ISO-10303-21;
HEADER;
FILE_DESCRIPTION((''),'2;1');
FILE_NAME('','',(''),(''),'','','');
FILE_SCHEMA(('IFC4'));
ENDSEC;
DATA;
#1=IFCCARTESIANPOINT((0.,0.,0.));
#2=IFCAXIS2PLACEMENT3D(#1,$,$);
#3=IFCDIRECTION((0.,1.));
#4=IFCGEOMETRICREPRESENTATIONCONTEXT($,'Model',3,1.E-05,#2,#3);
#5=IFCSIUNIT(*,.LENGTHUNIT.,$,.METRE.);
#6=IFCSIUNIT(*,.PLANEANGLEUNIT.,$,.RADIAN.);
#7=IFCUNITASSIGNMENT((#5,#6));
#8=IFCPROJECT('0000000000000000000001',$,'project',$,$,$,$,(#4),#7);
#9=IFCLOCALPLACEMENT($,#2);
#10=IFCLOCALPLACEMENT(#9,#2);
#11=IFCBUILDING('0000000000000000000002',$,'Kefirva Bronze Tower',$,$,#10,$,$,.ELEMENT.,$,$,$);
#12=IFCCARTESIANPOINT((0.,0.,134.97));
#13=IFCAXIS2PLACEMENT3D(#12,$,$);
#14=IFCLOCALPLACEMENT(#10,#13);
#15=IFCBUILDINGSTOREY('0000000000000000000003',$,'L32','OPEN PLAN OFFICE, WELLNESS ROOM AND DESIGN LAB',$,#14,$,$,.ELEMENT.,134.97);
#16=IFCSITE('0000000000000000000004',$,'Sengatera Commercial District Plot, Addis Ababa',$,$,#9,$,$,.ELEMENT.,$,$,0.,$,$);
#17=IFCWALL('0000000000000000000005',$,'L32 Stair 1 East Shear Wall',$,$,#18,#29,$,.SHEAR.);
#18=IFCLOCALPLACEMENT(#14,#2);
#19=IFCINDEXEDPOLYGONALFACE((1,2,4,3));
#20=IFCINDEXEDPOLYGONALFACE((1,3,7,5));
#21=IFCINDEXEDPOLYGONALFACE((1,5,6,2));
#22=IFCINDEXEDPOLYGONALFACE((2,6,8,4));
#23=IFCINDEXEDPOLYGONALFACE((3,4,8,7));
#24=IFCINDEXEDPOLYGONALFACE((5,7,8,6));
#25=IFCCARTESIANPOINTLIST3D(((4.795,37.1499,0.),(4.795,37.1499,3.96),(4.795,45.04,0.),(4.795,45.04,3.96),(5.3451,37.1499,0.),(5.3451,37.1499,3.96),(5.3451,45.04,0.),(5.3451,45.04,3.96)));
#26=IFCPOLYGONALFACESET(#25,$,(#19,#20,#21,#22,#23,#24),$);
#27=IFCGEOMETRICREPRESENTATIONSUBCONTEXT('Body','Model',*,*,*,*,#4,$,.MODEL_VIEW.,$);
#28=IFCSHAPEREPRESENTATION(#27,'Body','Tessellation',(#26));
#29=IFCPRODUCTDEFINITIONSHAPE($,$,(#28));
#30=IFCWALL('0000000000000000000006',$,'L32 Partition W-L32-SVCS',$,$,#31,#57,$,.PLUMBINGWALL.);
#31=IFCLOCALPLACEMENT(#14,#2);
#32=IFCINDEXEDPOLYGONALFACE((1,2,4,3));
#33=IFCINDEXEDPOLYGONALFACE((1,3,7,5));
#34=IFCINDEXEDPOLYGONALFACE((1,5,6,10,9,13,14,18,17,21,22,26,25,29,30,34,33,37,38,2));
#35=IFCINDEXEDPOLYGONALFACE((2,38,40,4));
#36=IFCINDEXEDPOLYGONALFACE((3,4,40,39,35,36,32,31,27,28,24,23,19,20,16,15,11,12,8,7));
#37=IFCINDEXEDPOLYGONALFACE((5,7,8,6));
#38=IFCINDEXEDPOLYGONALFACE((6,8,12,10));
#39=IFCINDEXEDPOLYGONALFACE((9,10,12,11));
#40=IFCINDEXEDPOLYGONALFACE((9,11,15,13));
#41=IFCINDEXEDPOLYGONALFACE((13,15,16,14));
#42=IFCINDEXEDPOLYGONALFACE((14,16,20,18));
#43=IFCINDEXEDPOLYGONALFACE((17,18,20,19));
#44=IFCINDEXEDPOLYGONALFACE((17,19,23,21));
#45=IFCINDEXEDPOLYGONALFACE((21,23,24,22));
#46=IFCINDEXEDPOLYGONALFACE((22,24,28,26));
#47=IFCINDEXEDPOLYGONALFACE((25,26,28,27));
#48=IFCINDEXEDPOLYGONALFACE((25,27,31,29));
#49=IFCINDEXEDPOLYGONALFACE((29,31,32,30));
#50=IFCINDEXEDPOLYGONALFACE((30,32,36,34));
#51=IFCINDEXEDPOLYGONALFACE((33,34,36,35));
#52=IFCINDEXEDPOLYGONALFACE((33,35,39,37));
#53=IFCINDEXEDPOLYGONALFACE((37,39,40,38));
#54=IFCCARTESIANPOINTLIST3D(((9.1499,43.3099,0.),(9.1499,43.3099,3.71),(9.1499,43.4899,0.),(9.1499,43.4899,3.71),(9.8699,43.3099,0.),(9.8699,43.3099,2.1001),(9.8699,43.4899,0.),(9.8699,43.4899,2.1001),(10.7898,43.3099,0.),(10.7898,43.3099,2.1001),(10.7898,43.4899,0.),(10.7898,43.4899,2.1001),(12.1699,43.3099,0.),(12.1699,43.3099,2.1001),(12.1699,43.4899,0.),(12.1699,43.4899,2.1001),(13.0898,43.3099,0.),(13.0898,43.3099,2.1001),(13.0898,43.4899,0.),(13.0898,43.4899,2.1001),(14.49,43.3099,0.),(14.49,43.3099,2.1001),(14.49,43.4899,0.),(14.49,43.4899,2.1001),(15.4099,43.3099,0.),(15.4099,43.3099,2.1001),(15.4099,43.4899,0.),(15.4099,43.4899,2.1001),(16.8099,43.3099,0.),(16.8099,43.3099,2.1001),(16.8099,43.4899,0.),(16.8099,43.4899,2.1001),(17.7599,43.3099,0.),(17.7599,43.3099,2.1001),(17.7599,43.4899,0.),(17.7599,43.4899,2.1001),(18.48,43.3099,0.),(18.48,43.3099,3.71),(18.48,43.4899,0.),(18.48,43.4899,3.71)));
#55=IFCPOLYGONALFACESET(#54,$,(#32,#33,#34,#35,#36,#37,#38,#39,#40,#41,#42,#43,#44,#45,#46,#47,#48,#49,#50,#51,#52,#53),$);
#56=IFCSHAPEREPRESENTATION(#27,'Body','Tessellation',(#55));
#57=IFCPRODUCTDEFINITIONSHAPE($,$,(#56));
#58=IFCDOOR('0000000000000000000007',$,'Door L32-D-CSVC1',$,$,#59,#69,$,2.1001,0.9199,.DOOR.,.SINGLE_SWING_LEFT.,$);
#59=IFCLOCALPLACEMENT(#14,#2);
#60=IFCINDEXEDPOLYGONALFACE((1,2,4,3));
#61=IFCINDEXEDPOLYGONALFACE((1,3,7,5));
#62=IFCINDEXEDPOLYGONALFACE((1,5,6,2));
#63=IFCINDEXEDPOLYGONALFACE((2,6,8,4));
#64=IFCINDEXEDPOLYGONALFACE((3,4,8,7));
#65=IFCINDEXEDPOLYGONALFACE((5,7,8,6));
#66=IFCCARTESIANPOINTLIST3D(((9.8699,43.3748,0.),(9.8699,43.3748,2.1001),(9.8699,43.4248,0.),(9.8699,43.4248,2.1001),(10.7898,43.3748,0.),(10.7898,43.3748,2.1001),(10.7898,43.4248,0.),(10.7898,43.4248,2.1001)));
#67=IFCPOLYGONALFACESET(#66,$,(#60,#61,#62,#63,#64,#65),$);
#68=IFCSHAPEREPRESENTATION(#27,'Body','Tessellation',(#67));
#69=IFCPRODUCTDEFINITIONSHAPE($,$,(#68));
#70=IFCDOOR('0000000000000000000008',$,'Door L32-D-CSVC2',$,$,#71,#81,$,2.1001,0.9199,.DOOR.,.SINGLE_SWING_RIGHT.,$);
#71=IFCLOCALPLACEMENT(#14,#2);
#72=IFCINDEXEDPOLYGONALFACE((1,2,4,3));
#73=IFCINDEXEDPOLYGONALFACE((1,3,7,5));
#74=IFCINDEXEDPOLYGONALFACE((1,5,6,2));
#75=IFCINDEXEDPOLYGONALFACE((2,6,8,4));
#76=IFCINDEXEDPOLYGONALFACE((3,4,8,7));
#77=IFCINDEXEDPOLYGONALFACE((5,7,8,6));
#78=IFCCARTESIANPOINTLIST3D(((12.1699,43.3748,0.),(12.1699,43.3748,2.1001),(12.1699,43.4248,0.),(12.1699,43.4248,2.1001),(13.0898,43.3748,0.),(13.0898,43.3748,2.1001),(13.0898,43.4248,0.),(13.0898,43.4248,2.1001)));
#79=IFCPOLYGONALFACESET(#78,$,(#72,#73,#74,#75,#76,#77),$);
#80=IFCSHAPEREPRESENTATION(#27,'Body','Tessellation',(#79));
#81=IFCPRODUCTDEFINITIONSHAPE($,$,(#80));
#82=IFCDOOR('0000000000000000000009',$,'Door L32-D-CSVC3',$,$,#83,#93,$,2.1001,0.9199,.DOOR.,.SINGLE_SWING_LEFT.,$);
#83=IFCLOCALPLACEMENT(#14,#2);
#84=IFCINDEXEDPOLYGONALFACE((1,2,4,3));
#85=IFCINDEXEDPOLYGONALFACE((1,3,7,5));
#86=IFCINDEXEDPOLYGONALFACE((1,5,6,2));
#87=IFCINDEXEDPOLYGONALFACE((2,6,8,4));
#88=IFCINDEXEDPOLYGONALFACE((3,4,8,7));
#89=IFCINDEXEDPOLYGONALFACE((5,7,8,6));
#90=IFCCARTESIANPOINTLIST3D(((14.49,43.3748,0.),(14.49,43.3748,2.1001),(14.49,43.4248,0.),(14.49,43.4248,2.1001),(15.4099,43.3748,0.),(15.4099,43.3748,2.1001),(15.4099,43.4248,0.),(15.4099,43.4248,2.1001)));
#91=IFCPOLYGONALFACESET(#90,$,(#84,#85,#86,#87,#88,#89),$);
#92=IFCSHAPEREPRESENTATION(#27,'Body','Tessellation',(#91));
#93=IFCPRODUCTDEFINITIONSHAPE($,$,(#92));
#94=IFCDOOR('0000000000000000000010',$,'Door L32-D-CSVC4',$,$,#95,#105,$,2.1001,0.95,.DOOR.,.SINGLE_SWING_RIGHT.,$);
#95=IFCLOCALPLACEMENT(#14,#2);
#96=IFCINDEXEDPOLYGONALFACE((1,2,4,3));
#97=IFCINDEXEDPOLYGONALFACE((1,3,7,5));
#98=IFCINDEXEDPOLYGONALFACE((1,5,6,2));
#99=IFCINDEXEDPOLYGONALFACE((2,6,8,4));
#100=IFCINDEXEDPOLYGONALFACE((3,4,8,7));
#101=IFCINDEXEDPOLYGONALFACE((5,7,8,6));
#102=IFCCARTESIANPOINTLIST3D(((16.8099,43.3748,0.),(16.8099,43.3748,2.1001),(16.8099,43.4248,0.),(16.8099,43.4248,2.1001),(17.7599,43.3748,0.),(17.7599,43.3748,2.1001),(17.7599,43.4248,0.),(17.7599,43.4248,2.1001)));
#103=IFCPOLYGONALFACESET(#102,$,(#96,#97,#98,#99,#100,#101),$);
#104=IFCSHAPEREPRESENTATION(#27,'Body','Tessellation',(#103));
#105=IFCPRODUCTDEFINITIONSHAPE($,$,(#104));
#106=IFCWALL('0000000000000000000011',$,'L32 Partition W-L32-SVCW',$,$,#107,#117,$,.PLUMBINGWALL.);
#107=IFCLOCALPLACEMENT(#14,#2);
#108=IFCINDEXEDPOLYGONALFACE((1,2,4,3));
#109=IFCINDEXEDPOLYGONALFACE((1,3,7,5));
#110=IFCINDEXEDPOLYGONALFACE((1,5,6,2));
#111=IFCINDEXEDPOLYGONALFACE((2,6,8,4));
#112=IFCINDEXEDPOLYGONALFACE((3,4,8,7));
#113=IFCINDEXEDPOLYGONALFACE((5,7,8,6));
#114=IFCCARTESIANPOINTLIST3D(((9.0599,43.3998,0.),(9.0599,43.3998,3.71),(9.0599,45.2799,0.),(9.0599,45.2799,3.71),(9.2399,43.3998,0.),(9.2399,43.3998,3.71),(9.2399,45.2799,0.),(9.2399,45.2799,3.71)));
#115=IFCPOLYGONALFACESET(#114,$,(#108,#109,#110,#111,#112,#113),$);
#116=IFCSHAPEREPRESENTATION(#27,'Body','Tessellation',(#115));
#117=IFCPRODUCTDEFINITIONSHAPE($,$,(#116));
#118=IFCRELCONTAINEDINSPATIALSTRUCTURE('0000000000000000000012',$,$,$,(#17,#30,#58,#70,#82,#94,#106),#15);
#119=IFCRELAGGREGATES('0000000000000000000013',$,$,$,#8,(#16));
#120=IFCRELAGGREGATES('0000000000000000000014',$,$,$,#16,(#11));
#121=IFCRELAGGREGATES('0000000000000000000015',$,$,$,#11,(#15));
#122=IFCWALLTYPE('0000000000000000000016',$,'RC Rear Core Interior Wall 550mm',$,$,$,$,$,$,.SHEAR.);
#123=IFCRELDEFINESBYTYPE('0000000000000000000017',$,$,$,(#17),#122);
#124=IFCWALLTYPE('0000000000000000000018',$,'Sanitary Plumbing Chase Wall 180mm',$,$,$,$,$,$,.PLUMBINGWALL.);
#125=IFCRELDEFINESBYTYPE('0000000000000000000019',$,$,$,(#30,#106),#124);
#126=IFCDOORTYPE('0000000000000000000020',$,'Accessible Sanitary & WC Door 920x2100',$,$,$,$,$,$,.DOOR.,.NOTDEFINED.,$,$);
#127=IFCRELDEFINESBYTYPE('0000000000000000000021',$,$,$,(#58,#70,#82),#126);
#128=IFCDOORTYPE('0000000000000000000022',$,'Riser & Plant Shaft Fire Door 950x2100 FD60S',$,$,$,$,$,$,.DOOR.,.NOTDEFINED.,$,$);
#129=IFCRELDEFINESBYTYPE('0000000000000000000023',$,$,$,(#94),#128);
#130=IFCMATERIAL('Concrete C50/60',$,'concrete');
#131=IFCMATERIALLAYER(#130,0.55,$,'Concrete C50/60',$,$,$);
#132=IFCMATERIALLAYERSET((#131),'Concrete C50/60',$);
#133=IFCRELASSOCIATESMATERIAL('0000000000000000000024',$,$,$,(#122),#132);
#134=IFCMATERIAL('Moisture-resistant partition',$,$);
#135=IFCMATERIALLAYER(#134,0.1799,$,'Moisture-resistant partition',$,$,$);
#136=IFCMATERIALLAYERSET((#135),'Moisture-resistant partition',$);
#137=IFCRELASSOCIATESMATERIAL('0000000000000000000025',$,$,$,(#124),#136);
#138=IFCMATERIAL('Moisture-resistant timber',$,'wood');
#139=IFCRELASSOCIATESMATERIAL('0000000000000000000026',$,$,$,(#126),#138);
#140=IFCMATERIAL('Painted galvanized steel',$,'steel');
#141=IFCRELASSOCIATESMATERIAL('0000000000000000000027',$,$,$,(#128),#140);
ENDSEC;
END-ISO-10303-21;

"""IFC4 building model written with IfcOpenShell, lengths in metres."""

from ifc_helpers import new_model, si_unit, direction, frame, frame_2d, origin, place, context, subcontext, project, spatial, rectangle, extrude, material, layer, layer_set, type_object, element, fill, save


model = new_model("IFC4")

# Units and contexts
model_context = context("Model", 3, precision=1e-05, world=origin(), true_north=direction((0.0, 1.0)))
body_context = subcontext(model_context, "Body", "Model", "MODEL_VIEW")
ifc_project = project(units=[si_unit("LENGTHUNIT", "METRE"), si_unit("PLANEANGLEUNIT", "RADIAN")], contexts=[model_context])

# Site, building, storey
site_placement = place(None, origin())
site = spatial("IfcSite", under=ifc_project, at=site_placement, Name="Sengatera Commercial District Plot, Addis Ababa", CompositionType="ELEMENT", RefElevation=0.0)
building_placement = place(site_placement, origin())
building = spatial("IfcBuilding", under=site, at=building_placement, Name="Kefirva Bronze Tower", CompositionType="ELEMENT")
storey_placement = place(building_placement, frame((0.0, 0.0, 134.97)))
storey = spatial("IfcBuildingStorey", under=building, at=storey_placement, Name="L32", Description="OPEN PLAN OFFICE, WELLNESS ROOM AND DESIGN LAB", CompositionType="ELEMENT", Elevation=134.97)

# Wall
ifc_material_1 = material(Name="Concrete C50/60", Category="concrete")
ifc_layer_1 = layer(ifc_material_1, 0.55, Name="Concrete C50/60")
ifc_layer_set_1 = layer_set([ifc_layer_1], Name="Concrete C50/60")
wall_type_1 = type_object("IfcWallType", Name="RC Rear Core Interior Wall 550mm", PredefinedType="SHEAR", material=ifc_layer_set_1)
wall_1_placement = place(storey_placement, frame((5.0701, 37.1499, 0.0), z_axis=(0.0, 0.0, 1.0), x_axis=(0.0, 1.0, 0.0)))
element("IfcWall", 1, at=wall_1_placement, inside=storey, type_object=wall_type_1, Name="L32 Stair 1 East Shear Wall", PredefinedType="SHEAR", context=body_context, shape_type="SweptSolid", body=[
    extrude(rectangle(XDim=7.8901, YDim=0.55, at=frame_2d((3.9451, 0.0))), origin(), (0.0, 0.0, 1.0), 3.96),
])

# Wall, openings, doors
ifc_material_2 = material(Name="Moisture-resistant partition")
ifc_layer_2 = layer(ifc_material_2, 0.1799, Name="Moisture-resistant partition")
ifc_layer_set_2 = layer_set([ifc_layer_2], Name="Moisture-resistant partition")
wall_type_2 = type_object("IfcWallType", Name="Sanitary Plumbing Chase Wall 180mm", PredefinedType="PLUMBINGWALL", material=ifc_layer_set_2)
wall_2_placement = place(storey_placement, frame((9.1499, 43.3999, 0.0), z_axis=(0.0, 0.0, 1.0), x_axis=(1.0, 0.0, 0.0)))
wall_2 = element("IfcWall", 2, at=wall_2_placement, inside=storey, type_object=wall_type_2, Name="L32 Partition W-L32-SVCS", PredefinedType="PLUMBINGWALL", context=body_context, shape_type="SweptSolid", body=[
    extrude(rectangle(XDim=9.3301, YDim=0.1799, at=frame_2d((4.665, 0.0))), origin(), (0.0, 0.0, 1.0), 3.71),
])
opening_1_placement = place(wall_2_placement, frame((0.72, 0.0, 0.0)))
opening_1 = element("IfcOpeningElement", 3, at=opening_1_placement, cuts=wall_2, PredefinedType="OPENING", context=body_context, shape_type="SweptSolid", body=[
    extrude(rectangle(XDim=0.9199, YDim=2.1001, at=frame_2d((0.46, 1.05))), frame((0.0, 0.1001, 0.0), z_axis=(0.0, -1.0, 0.0), x_axis=(1.0, 0.0, 0.0)), (0.0, 0.0, 1.0), 0.2),
])
opening_2_placement = place(wall_2_placement, frame((3.02, 0.0, 0.0)))
opening_2 = element("IfcOpeningElement", 4, at=opening_2_placement, cuts=wall_2, PredefinedType="OPENING", context=body_context, shape_type="SweptSolid", body=[
    extrude(rectangle(XDim=0.9199, YDim=2.1001, at=frame_2d((0.46, 1.05))), frame((0.0, 0.1001, 0.0), z_axis=(0.0, -1.0, 0.0), x_axis=(1.0, 0.0, 0.0)), (0.0, 0.0, 1.0), 0.2),
])
opening_3_placement = place(wall_2_placement, frame((5.3401, 0.0, 0.0)))
opening_3 = element("IfcOpeningElement", 5, at=opening_3_placement, cuts=wall_2, PredefinedType="OPENING", context=body_context, shape_type="SweptSolid", body=[
    extrude(rectangle(XDim=0.9199, YDim=2.1001, at=frame_2d((0.46, 1.05))), frame((0.0, 0.1001, 0.0), z_axis=(0.0, -1.0, 0.0), x_axis=(1.0, 0.0, 0.0)), (0.0, 0.0, 1.0), 0.2),
])
opening_4_placement = place(wall_2_placement, frame((7.6599, 0.0, 0.0)))
opening_4 = element("IfcOpeningElement", 6, at=opening_4_placement, cuts=wall_2, PredefinedType="OPENING", context=body_context, shape_type="SweptSolid", body=[
    extrude(rectangle(XDim=0.95, YDim=2.1001, at=frame_2d((0.4751, 1.05))), frame((0.0, 0.1001, 0.0), z_axis=(0.0, -1.0, 0.0), x_axis=(1.0, 0.0, 0.0)), (0.0, 0.0, 1.0), 0.2),
])
ifc_material_3 = material(Name="Moisture-resistant timber", Category="wood")
door_type_1 = type_object("IfcDoorType", Name="Accessible Sanitary & WC Door 920x2100", OperationType="NOTDEFINED", PredefinedType="DOOR", material=ifc_material_3)
door_1_placement = place(opening_1_placement, origin())
door_1 = element("IfcDoor", 7, at=door_1_placement, inside=storey, type_object=door_type_1, Name="Door L32-D-CSVC1", OperationType="SINGLE_SWING_LEFT", OverallHeight=2.1001, OverallWidth=0.9199, PredefinedType="DOOR", context=body_context, shape_type="SweptSolid", body=[
    extrude(rectangle(XDim=0.9199, YDim=2.1001, at=frame_2d((0.46, 1.05))), frame((0.0, 0.0249, 0.0), z_axis=(0.0, -1.0, 0.0), x_axis=(1.0, 0.0, 0.0)), (0.0, 0.0, 1.0), 0.05),
])
fill(opening_1, door_1)
door_2_placement = place(opening_2_placement, origin())
door_2 = element("IfcDoor", 8, at=door_2_placement, inside=storey, type_object=door_type_1, Name="Door L32-D-CSVC2", OperationType="SINGLE_SWING_RIGHT", OverallHeight=2.1001, OverallWidth=0.9199, PredefinedType="DOOR", context=body_context, shape_type="SweptSolid", body=[
    extrude(rectangle(XDim=0.9199, YDim=2.1001, at=frame_2d((0.46, 1.05))), frame((0.0, 0.0249, 0.0), z_axis=(0.0, -1.0, 0.0), x_axis=(1.0, 0.0, 0.0)), (0.0, 0.0, 1.0), 0.05),
])
fill(opening_2, door_2)
door_3_placement = place(opening_3_placement, origin())
door_3 = element("IfcDoor", 9, at=door_3_placement, inside=storey, type_object=door_type_1, Name="Door L32-D-CSVC3", OperationType="SINGLE_SWING_LEFT", OverallHeight=2.1001, OverallWidth=0.9199, PredefinedType="DOOR", context=body_context, shape_type="SweptSolid", body=[
    extrude(rectangle(XDim=0.9199, YDim=2.1001, at=frame_2d((0.46, 1.05))), frame((0.0, 0.0249, 0.0), z_axis=(0.0, -1.0, 0.0), x_axis=(1.0, 0.0, 0.0)), (0.0, 0.0, 1.0), 0.05),
])
fill(opening_3, door_3)
ifc_material_4 = material(Name="Painted galvanized steel", Category="steel")
door_type_2 = type_object("IfcDoorType", Name="Riser & Plant Shaft Fire Door 950x2100 FD60S", OperationType="NOTDEFINED", PredefinedType="DOOR", material=ifc_material_4)
door_4_placement = place(opening_4_placement, origin())
door_4 = element("IfcDoor", 10, at=door_4_placement, inside=storey, type_object=door_type_2, Name="Door L32-D-CSVC4", OperationType="SINGLE_SWING_RIGHT", OverallHeight=2.1001, OverallWidth=0.95, PredefinedType="DOOR", context=body_context, shape_type="SweptSolid", body=[
    extrude(rectangle(XDim=0.95, YDim=2.1001, at=frame_2d((0.4751, 1.05))), frame((0.0, 0.0249, 0.0), z_axis=(0.0, -1.0, 0.0), x_axis=(1.0, 0.0, 0.0)), (0.0, 0.0, 1.0), 0.05),
])
fill(opening_4, door_4)

# Wall
wall_3_placement = place(storey_placement, frame((9.1499, 43.3999, 0.0), z_axis=(0.0, 0.0, 1.0), x_axis=(0.0, 1.0, 0.0)))
element("IfcWall", 11, at=wall_3_placement, inside=storey, type_object=wall_type_2, Name="L32 Partition W-L32-SVCW", PredefinedType="PLUMBINGWALL", context=body_context, shape_type="SweptSolid", body=[
    extrude(rectangle(XDim=1.8801, YDim=0.1799, at=frame_2d((0.9399, 0.0))), origin(), (0.0, 0.0, 1.0), 3.71),
])

save(model, "model.ifc")
